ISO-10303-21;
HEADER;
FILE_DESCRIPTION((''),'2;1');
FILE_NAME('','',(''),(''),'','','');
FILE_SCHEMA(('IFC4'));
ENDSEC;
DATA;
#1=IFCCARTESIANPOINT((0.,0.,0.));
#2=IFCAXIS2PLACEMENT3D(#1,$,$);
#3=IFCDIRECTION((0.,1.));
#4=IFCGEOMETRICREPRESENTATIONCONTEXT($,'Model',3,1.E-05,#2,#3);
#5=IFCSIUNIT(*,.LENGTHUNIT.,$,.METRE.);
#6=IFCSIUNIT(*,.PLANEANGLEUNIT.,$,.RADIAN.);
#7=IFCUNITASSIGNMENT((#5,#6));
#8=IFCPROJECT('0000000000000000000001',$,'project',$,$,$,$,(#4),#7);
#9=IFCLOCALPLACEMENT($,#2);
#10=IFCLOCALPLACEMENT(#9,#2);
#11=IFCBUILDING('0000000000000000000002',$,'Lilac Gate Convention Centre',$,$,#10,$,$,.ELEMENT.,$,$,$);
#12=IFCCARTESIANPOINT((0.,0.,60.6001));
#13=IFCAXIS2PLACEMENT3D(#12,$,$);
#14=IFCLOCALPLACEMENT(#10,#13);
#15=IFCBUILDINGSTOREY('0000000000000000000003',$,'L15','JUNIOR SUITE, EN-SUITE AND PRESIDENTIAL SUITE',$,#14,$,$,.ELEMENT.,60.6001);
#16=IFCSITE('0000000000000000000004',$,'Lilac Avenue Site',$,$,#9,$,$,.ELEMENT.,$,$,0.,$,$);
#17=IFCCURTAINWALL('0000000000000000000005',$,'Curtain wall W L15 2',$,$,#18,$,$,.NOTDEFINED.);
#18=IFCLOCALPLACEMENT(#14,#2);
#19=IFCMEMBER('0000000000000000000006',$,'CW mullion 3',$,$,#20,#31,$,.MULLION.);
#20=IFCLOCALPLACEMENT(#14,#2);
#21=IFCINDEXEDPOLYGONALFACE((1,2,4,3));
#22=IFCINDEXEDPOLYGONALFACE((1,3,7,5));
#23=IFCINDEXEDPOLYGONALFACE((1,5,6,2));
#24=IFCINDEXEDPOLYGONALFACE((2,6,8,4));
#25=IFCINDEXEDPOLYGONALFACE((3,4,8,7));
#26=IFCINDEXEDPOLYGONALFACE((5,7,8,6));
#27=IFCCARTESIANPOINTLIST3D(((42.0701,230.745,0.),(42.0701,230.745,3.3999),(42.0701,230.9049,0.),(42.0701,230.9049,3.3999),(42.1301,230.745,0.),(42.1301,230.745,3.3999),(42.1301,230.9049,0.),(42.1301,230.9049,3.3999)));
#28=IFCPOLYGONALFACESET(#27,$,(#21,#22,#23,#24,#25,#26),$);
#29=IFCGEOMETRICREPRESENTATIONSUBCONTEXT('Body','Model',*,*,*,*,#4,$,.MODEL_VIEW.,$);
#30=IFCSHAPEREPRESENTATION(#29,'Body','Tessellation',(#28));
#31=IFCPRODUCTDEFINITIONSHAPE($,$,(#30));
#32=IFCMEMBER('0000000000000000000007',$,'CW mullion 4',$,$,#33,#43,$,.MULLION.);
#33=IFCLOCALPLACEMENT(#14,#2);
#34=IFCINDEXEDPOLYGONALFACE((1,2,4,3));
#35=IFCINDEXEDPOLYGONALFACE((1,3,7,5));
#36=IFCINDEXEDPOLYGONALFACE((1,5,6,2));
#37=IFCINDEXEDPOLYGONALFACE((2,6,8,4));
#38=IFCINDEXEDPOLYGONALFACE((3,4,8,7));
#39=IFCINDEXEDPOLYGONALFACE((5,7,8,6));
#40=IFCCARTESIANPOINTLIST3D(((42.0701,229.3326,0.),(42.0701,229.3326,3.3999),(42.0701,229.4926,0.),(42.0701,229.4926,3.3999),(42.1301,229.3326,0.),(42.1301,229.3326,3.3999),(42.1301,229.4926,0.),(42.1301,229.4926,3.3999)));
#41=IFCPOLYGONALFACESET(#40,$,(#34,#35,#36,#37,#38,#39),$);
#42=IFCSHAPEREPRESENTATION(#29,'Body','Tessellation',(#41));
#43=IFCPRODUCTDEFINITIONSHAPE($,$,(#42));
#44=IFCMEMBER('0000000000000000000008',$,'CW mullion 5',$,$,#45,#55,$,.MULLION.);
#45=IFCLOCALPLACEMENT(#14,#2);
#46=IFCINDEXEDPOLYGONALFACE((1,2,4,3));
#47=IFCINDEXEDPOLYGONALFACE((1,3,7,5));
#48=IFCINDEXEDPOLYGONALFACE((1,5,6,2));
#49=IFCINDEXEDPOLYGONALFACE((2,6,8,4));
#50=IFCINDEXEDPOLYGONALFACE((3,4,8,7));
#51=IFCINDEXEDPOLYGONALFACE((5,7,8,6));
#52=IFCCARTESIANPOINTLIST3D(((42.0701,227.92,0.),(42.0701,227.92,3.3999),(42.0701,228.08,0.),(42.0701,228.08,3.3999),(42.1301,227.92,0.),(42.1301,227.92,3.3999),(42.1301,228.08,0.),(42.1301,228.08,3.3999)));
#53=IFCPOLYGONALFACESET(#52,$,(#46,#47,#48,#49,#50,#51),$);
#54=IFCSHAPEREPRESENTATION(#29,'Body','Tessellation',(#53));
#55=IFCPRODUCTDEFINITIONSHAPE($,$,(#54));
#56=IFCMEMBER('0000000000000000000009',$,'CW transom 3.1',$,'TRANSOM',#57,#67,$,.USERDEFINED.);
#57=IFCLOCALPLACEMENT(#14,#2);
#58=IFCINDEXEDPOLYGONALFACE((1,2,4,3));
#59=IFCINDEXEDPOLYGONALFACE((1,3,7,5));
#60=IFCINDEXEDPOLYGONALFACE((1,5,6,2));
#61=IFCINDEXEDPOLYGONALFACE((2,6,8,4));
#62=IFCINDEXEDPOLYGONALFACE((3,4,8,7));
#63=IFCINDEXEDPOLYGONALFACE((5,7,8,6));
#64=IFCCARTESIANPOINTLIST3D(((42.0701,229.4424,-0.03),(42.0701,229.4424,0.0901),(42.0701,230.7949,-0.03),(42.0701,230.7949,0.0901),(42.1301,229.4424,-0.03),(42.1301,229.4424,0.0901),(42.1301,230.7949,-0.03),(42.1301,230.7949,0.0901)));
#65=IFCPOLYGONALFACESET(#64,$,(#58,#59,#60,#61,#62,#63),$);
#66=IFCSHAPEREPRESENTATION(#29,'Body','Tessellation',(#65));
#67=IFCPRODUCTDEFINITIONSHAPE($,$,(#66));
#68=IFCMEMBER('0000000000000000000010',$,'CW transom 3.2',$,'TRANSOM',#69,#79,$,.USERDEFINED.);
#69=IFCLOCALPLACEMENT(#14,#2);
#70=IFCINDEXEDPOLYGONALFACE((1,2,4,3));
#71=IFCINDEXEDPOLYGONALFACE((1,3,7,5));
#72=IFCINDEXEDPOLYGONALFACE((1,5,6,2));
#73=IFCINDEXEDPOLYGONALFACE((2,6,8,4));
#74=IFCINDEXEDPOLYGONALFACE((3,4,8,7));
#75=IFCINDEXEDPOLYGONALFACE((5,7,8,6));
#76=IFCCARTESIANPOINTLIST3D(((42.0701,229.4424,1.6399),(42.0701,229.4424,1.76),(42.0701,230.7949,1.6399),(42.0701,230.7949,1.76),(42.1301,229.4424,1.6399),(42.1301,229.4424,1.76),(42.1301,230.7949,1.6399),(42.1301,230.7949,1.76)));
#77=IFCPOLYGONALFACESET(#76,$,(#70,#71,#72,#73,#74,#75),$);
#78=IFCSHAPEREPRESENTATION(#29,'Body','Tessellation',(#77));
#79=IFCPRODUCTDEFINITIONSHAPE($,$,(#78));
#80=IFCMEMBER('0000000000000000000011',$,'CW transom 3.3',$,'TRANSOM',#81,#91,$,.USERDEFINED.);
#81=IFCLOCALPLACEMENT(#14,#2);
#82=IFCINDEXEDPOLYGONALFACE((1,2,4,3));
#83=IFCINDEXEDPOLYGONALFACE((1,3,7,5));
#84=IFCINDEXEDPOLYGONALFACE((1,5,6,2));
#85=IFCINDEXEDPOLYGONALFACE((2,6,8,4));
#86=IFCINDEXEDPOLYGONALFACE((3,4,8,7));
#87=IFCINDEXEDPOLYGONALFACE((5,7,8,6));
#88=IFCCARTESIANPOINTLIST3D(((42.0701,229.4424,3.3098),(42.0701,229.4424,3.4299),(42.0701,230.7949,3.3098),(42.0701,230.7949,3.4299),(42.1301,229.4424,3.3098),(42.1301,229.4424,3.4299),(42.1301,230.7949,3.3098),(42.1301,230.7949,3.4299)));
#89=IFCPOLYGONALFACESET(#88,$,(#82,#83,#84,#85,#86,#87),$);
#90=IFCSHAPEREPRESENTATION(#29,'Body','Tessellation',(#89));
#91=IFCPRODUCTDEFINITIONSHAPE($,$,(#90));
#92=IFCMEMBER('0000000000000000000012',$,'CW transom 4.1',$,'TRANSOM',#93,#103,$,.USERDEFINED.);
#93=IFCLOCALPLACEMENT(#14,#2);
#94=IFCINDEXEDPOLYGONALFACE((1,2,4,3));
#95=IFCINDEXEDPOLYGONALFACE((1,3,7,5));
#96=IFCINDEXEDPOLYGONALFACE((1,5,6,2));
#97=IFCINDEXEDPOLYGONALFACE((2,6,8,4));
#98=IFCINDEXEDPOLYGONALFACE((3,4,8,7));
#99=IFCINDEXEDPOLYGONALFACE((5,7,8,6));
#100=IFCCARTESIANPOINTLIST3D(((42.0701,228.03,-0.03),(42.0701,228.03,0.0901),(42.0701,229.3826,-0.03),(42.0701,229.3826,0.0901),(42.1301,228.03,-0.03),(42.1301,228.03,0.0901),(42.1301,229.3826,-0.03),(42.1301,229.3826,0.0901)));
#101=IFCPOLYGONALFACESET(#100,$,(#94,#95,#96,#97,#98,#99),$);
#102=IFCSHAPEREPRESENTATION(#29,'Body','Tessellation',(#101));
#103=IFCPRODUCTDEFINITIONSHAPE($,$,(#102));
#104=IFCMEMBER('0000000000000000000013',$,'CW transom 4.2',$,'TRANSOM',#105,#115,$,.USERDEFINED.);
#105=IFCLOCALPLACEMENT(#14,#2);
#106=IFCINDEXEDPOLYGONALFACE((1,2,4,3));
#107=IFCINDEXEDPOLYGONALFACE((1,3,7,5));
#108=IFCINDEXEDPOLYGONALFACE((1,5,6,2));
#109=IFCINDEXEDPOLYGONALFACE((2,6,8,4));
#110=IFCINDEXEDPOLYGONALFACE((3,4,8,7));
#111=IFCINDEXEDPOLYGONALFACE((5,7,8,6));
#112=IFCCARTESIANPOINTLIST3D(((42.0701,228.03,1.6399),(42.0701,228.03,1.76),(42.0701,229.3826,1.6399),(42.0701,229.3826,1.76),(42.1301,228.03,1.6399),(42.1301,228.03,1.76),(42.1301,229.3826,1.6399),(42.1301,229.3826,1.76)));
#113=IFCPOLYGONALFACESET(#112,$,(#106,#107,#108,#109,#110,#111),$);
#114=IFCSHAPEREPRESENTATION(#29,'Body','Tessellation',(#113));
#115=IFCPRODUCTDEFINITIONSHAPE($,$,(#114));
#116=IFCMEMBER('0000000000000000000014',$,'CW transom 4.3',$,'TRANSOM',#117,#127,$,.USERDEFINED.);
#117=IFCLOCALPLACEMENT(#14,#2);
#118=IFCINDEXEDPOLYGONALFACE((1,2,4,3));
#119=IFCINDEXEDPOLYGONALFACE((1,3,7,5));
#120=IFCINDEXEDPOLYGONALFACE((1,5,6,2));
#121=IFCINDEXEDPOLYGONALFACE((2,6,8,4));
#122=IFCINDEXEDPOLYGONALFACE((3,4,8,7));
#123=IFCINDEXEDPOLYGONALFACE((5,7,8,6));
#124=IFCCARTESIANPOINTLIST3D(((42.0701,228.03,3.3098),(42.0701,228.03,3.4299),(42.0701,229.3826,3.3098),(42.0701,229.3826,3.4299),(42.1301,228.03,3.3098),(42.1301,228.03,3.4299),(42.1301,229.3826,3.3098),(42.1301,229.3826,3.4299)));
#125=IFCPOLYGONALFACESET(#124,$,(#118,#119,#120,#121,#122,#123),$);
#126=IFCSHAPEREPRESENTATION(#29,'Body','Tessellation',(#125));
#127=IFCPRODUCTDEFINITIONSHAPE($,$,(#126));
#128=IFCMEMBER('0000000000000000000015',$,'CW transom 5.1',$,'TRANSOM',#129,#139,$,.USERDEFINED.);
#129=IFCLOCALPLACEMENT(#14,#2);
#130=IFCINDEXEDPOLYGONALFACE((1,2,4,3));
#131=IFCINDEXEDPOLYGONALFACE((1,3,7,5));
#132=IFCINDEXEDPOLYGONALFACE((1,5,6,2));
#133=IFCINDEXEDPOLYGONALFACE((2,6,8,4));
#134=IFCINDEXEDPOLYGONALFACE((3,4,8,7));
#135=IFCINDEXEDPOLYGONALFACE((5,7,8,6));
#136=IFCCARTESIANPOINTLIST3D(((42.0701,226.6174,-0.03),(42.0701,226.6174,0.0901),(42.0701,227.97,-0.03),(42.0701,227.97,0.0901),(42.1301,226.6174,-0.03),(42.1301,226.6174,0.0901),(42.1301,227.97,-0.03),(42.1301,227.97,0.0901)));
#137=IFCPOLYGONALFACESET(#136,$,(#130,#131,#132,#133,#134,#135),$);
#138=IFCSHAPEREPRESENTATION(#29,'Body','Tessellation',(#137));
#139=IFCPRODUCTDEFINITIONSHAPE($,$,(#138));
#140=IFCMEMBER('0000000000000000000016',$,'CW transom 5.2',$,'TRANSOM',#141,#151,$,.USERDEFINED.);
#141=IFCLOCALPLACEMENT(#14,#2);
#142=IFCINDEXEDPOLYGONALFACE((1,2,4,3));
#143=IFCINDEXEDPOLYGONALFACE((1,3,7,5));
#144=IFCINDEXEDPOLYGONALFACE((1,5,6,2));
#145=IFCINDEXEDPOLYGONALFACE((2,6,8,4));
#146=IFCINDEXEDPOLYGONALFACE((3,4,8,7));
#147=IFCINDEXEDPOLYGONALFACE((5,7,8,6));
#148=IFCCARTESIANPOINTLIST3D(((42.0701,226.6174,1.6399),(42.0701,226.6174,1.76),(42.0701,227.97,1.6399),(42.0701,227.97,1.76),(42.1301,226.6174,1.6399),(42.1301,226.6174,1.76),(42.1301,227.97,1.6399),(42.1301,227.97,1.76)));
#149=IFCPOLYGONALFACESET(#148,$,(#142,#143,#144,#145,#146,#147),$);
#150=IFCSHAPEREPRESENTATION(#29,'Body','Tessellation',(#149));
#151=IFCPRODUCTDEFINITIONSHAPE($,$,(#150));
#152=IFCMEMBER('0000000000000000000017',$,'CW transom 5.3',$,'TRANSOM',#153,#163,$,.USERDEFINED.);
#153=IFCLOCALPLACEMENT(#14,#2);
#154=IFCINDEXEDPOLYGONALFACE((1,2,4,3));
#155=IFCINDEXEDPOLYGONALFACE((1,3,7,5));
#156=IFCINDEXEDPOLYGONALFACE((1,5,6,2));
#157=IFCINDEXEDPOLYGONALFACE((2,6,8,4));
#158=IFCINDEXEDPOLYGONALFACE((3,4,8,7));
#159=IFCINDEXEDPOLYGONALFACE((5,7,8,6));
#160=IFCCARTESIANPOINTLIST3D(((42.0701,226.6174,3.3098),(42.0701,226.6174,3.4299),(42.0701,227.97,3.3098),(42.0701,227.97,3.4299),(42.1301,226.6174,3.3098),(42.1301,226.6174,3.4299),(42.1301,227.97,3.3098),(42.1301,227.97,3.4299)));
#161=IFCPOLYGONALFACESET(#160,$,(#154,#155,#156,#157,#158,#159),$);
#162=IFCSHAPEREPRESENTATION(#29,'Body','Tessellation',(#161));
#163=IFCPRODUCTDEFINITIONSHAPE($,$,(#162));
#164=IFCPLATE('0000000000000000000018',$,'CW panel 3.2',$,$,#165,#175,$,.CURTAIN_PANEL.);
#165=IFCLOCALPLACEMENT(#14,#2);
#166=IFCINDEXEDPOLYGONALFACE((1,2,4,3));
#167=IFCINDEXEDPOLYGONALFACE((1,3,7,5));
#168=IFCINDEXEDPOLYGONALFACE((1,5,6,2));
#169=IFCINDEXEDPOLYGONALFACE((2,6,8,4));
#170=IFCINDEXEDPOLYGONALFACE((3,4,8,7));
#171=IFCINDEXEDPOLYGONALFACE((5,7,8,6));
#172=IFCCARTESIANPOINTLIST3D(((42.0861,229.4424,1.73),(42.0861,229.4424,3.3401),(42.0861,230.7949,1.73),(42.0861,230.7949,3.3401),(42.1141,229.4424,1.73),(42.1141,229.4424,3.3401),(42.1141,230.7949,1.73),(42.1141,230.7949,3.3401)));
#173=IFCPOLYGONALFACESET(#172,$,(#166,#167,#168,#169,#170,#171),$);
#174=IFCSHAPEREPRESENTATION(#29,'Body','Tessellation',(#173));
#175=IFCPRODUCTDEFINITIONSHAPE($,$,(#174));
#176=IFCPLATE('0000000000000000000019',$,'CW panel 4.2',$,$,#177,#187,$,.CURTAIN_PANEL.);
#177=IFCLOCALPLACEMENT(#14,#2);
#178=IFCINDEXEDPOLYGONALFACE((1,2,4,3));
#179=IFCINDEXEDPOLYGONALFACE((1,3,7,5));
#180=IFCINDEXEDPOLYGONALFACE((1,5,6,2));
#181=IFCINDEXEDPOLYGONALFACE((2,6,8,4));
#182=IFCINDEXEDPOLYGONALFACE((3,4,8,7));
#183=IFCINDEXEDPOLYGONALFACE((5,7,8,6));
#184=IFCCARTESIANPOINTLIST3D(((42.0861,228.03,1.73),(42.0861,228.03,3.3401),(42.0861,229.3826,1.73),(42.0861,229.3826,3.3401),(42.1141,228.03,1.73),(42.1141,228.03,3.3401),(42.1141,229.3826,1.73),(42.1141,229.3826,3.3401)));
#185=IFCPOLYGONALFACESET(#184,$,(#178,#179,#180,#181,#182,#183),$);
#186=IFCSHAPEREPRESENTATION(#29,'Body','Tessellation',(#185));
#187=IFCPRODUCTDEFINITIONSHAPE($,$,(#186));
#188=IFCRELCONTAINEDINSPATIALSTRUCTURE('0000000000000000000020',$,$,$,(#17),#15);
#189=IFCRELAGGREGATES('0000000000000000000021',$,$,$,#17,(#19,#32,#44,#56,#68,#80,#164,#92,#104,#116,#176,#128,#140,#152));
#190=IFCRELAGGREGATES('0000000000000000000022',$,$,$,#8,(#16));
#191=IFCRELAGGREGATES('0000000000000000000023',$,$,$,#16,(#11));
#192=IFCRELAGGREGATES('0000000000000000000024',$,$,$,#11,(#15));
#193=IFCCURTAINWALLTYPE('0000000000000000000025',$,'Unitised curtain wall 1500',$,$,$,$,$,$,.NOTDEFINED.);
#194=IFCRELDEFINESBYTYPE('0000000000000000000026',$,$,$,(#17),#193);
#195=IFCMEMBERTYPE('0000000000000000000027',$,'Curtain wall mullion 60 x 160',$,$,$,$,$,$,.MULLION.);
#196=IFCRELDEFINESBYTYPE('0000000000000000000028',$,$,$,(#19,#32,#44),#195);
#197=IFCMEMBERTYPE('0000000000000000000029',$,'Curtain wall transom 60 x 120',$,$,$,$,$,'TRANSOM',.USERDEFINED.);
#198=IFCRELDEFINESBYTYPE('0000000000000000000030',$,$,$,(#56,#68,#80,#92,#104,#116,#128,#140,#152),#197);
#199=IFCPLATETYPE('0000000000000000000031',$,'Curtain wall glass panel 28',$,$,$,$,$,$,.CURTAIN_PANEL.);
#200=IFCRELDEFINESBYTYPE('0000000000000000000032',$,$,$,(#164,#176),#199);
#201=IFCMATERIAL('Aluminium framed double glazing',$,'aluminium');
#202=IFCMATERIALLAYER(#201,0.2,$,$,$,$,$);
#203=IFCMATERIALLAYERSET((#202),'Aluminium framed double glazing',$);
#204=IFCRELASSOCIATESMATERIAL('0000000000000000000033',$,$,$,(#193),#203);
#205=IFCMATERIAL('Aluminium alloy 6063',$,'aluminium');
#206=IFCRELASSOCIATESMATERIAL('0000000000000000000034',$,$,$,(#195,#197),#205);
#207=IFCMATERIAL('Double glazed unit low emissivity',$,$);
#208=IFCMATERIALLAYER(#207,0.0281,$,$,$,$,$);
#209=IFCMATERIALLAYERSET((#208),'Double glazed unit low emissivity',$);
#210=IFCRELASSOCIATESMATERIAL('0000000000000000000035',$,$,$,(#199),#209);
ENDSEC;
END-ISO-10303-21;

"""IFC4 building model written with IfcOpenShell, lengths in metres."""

from ifc_helpers import new_model, si_unit, direction, frame, origin, origin_2d, place, context, subcontext, project, spatial, rectangle, extrude, material, layer, layer_set, material_profile, profile_set, type_object, element, aggregate, save


model = new_model("IFC4")

# Units and contexts
model_context = context("Model", 3, precision=1e-05, world=origin(), true_north=direction((0.0, 1.0)))
body_context = subcontext(model_context, "Body", "Model", "MODEL_VIEW")
ifc_project = project(units=[si_unit("LENGTHUNIT", "METRE"), si_unit("PLANEANGLEUNIT", "RADIAN")], contexts=[model_context])

# Site, building, storey
site_placement = place(None, origin())
site = spatial("IfcSite", under=ifc_project, at=site_placement, Name="Lilac Avenue Site", CompositionType="ELEMENT", RefElevation=0.0)
building_placement = place(site_placement, origin())
building = spatial("IfcBuilding", under=site, at=building_placement, Name="Lilac Gate Convention Centre", CompositionType="ELEMENT")
storey_placement = place(building_placement, frame((0.0, 0.0, 60.6001)))
storey = spatial("IfcBuildingStorey", under=building, at=storey_placement, Name="L15", Description="JUNIOR SUITE, EN-SUITE AND PRESIDENTIAL SUITE", CompositionType="ELEMENT", Elevation=60.6001)

# Curtain wall, members, plates
ifc_material_1 = material(Name="Aluminium framed double glazing", Category="aluminium")
ifc_layer_1 = layer(ifc_material_1, 0.2)
ifc_layer_set_1 = layer_set([ifc_layer_1], Name="Aluminium framed double glazing")
curtain_wall_type = type_object("IfcCurtainWallType", Name="Unitised curtain wall 1500", PredefinedType="NOTDEFINED", material=ifc_layer_set_1)
curtain_wall_placement = place(storey_placement, origin())
curtain_wall = element("IfcCurtainWall", 1, at=curtain_wall_placement, inside=storey, type_object=curtain_wall_type, Name="Curtain wall W L15 2", PredefinedType="NOTDEFINED")
ifc_material_2 = material(Name="Aluminium alloy 6063", Category="aluminium")
ifc_material_profile_1 = material_profile(ifc_material_2, rectangle(XDim=0.0601, YDim=0.1599, at=origin_2d()), Name="Curtain wall mullion 60 x 160")
ifc_profile_set_1 = profile_set([ifc_material_profile_1], Name="Aluminium alloy 6063")
member_type_1 = type_object("IfcMemberType", Name="Curtain wall mullion 60 x 160", PredefinedType="MULLION", material=ifc_profile_set_1)
member_1_placement = place(storey_placement, frame((42.1001, 230.825, 0.0), z_axis=(0.0, 0.0, 1.0), x_axis=(1.0, 0.0, 0.0)))
member_1 = element("IfcMember", 2, at=member_1_placement, type_object=member_type_1, Name="CW mullion 3", PredefinedType="MULLION", context=body_context, shape_type="SweptSolid", body=[
    extrude(rectangle(XDim=0.0601, YDim=0.1599, at=origin_2d()), origin(), (0.0, 0.0, 1.0), 3.3999),
])
member_2_placement = place(storey_placement, frame((42.1001, 229.4126, 0.0), z_axis=(0.0, 0.0, 1.0), x_axis=(1.0, 0.0, 0.0)))
member_2 = element("IfcMember", 3, at=member_2_placement, type_object=member_type_1, Name="CW mullion 4", PredefinedType="MULLION", context=body_context, shape_type="SweptSolid", body=[
    extrude(rectangle(XDim=0.0601, YDim=0.1599, at=origin_2d()), origin(), (0.0, 0.0, 1.0), 3.3999),
])
member_3_placement = place(storey_placement, frame((42.1001, 228.0, 0.0), z_axis=(0.0, 0.0, 1.0), x_axis=(1.0, 0.0, 0.0)))
member_3 = element("IfcMember", 4, at=member_3_placement, type_object=member_type_1, Name="CW mullion 5", PredefinedType="MULLION", context=body_context, shape_type="SweptSolid", body=[
    extrude(rectangle(XDim=0.0601, YDim=0.1599, at=origin_2d()), origin(), (0.0, 0.0, 1.0), 3.3999),
])
ifc_material_profile_2 = material_profile(ifc_material_2, rectangle(XDim=0.0601, YDim=0.1201, at=origin_2d()), Name="Curtain wall transom 60 x 120")
ifc_profile_set_2 = profile_set([ifc_material_profile_2], Name="Aluminium alloy 6063")
member_type_2 = type_object("IfcMemberType", Name="Curtain wall transom 60 x 120", ElementType="TRANSOM", PredefinedType="USERDEFINED", material=ifc_profile_set_2)
member_4_placement = place(storey_placement, frame((42.1001, 230.7949, 0.03), z_axis=(0.0, -1.0, 0.0), x_axis=(1.0, 0.0, 0.0)))
member_4 = element("IfcMember", 5, at=member_4_placement, type_object=member_type_2, Name="CW transom 3.1", ObjectType="TRANSOM", PredefinedType="USERDEFINED", context=body_context, shape_type="SweptSolid", body=[
    extrude(rectangle(XDim=0.0601, YDim=0.1201, at=origin_2d()), origin(), (0.0, 0.0, 1.0), 1.3525),
])
member_5_placement = place(storey_placement, frame((42.1001, 230.7949, 1.7), z_axis=(0.0, -1.0, 0.0), x_axis=(1.0, 0.0, 0.0)))
member_5 = element("IfcMember", 6, at=member_5_placement, type_object=member_type_2, Name="CW transom 3.2", ObjectType="TRANSOM", PredefinedType="USERDEFINED", context=body_context, shape_type="SweptSolid", body=[
    extrude(rectangle(XDim=0.0601, YDim=0.1201, at=origin_2d()), origin(), (0.0, 0.0, 1.0), 1.3525),
])
member_6_placement = place(storey_placement, frame((42.1001, 230.7949, 3.3699), z_axis=(0.0, -1.0, 0.0), x_axis=(1.0, 0.0, 0.0)))
member_6 = element("IfcMember", 7, at=member_6_placement, type_object=member_type_2, Name="CW transom 3.3", ObjectType="TRANSOM", PredefinedType="USERDEFINED", context=body_context, shape_type="SweptSolid", body=[
    extrude(rectangle(XDim=0.0601, YDim=0.1201, at=origin_2d()), origin(), (0.0, 0.0, 1.0), 1.3525),
])
member_7_placement = place(storey_placement, frame((42.1001, 229.3826, 0.03), z_axis=(0.0, -1.0, 0.0), x_axis=(1.0, 0.0, 0.0)))
member_7 = element("IfcMember", 8, at=member_7_placement, type_object=member_type_2, Name="CW transom 4.1", ObjectType="TRANSOM", PredefinedType="USERDEFINED", context=body_context, shape_type="SweptSolid", body=[
    extrude(rectangle(XDim=0.0601, YDim=0.1201, at=origin_2d()), origin(), (0.0, 0.0, 1.0), 1.3525),
])
member_8_placement = place(storey_placement, frame((42.1001, 229.3826, 1.7), z_axis=(0.0, -1.0, 0.0), x_axis=(1.0, 0.0, 0.0)))
member_8 = element("IfcMember", 9, at=member_8_placement, type_object=member_type_2, Name="CW transom 4.2", ObjectType="TRANSOM", PredefinedType="USERDEFINED", context=body_context, shape_type="SweptSolid", body=[
    extrude(rectangle(XDim=0.0601, YDim=0.1201, at=origin_2d()), origin(), (0.0, 0.0, 1.0), 1.3525),
])
member_9_placement = place(storey_placement, frame((42.1001, 229.3826, 3.3699), z_axis=(0.0, -1.0, 0.0), x_axis=(1.0, 0.0, 0.0)))
member_9 = element("IfcMember", 10, at=member_9_placement, type_object=member_type_2, Name="CW transom 4.3", ObjectType="TRANSOM", PredefinedType="USERDEFINED", context=body_context, shape_type="SweptSolid", body=[
    extrude(rectangle(XDim=0.0601, YDim=0.1201, at=origin_2d()), origin(), (0.0, 0.0, 1.0), 1.3525),
])
member_10_placement = place(storey_placement, frame((42.1001, 227.97, 0.03), z_axis=(0.0, -1.0, 0.0), x_axis=(1.0, 0.0, 0.0)))
member_10 = element("IfcMember", 11, at=member_10_placement, type_object=member_type_2, Name="CW transom 5.1", ObjectType="TRANSOM", PredefinedType="USERDEFINED", context=body_context, shape_type="SweptSolid", body=[
    extrude(rectangle(XDim=0.0601, YDim=0.1201, at=origin_2d()), origin(), (0.0, 0.0, 1.0), 1.3525),
])
member_11_placement = place(storey_placement, frame((42.1001, 227.97, 1.7), z_axis=(0.0, -1.0, 0.0), x_axis=(1.0, 0.0, 0.0)))
member_11 = element("IfcMember", 12, at=member_11_placement, type_object=member_type_2, Name="CW transom 5.2", ObjectType="TRANSOM", PredefinedType="USERDEFINED", context=body_context, shape_type="SweptSolid", body=[
    extrude(rectangle(XDim=0.0601, YDim=0.1201, at=origin_2d()), origin(), (0.0, 0.0, 1.0), 1.3525),
])
member_12_placement = place(storey_placement, frame((42.1001, 227.97, 3.3699), z_axis=(0.0, -1.0, 0.0), x_axis=(1.0, 0.0, 0.0)))
member_12 = element("IfcMember", 13, at=member_12_placement, type_object=member_type_2, Name="CW transom 5.3", ObjectType="TRANSOM", PredefinedType="USERDEFINED", context=body_context, shape_type="SweptSolid", body=[
    extrude(rectangle(XDim=0.0601, YDim=0.1201, at=origin_2d()), origin(), (0.0, 0.0, 1.0), 1.3525),
])
ifc_material_3 = material(Name="Double glazed unit low emissivity")
ifc_layer_2 = layer(ifc_material_3, 0.0281)
ifc_layer_set_2 = layer_set([ifc_layer_2], Name="Double glazed unit low emissivity")
plate_type_1 = type_object("IfcPlateType", Name="Curtain wall glass panel 28", PredefinedType="CURTAIN_PANEL", material=ifc_layer_set_2)
plate_1_placement = place(storey_placement, frame((42.1001, 230.1187, 1.73), z_axis=(0.0, 0.0, 1.0), x_axis=(0.0, -1.0, 0.0)))
plate_1 = element("IfcPlate", 14, at=plate_1_placement, type_object=plate_type_1, Name="CW panel 3.2", PredefinedType="CURTAIN_PANEL", context=body_context, shape_type="SweptSolid", body=[
    extrude(rectangle(XDim=1.3525, YDim=0.0281, at=origin_2d()), origin(), (0.0, 0.0, 1.0), 1.6101),
])
plate_2_placement = place(storey_placement, frame((42.1001, 228.7063, 1.73), z_axis=(0.0, 0.0, 1.0), x_axis=(0.0, -1.0, 0.0)))
plate_2 = element("IfcPlate", 15, at=plate_2_placement, type_object=plate_type_1, Name="CW panel 4.2", PredefinedType="CURTAIN_PANEL", context=body_context, shape_type="SweptSolid", body=[
    extrude(rectangle(XDim=1.3525, YDim=0.0281, at=origin_2d()), origin(), (0.0, 0.0, 1.0), 1.6101),
])
aggregate(curtain_wall, [member_1, member_2, member_3, member_4, member_5, member_6, plate_1, member_7, member_8, member_9, plate_2, member_10, member_11, member_12])

save(model, "model.ifc")
